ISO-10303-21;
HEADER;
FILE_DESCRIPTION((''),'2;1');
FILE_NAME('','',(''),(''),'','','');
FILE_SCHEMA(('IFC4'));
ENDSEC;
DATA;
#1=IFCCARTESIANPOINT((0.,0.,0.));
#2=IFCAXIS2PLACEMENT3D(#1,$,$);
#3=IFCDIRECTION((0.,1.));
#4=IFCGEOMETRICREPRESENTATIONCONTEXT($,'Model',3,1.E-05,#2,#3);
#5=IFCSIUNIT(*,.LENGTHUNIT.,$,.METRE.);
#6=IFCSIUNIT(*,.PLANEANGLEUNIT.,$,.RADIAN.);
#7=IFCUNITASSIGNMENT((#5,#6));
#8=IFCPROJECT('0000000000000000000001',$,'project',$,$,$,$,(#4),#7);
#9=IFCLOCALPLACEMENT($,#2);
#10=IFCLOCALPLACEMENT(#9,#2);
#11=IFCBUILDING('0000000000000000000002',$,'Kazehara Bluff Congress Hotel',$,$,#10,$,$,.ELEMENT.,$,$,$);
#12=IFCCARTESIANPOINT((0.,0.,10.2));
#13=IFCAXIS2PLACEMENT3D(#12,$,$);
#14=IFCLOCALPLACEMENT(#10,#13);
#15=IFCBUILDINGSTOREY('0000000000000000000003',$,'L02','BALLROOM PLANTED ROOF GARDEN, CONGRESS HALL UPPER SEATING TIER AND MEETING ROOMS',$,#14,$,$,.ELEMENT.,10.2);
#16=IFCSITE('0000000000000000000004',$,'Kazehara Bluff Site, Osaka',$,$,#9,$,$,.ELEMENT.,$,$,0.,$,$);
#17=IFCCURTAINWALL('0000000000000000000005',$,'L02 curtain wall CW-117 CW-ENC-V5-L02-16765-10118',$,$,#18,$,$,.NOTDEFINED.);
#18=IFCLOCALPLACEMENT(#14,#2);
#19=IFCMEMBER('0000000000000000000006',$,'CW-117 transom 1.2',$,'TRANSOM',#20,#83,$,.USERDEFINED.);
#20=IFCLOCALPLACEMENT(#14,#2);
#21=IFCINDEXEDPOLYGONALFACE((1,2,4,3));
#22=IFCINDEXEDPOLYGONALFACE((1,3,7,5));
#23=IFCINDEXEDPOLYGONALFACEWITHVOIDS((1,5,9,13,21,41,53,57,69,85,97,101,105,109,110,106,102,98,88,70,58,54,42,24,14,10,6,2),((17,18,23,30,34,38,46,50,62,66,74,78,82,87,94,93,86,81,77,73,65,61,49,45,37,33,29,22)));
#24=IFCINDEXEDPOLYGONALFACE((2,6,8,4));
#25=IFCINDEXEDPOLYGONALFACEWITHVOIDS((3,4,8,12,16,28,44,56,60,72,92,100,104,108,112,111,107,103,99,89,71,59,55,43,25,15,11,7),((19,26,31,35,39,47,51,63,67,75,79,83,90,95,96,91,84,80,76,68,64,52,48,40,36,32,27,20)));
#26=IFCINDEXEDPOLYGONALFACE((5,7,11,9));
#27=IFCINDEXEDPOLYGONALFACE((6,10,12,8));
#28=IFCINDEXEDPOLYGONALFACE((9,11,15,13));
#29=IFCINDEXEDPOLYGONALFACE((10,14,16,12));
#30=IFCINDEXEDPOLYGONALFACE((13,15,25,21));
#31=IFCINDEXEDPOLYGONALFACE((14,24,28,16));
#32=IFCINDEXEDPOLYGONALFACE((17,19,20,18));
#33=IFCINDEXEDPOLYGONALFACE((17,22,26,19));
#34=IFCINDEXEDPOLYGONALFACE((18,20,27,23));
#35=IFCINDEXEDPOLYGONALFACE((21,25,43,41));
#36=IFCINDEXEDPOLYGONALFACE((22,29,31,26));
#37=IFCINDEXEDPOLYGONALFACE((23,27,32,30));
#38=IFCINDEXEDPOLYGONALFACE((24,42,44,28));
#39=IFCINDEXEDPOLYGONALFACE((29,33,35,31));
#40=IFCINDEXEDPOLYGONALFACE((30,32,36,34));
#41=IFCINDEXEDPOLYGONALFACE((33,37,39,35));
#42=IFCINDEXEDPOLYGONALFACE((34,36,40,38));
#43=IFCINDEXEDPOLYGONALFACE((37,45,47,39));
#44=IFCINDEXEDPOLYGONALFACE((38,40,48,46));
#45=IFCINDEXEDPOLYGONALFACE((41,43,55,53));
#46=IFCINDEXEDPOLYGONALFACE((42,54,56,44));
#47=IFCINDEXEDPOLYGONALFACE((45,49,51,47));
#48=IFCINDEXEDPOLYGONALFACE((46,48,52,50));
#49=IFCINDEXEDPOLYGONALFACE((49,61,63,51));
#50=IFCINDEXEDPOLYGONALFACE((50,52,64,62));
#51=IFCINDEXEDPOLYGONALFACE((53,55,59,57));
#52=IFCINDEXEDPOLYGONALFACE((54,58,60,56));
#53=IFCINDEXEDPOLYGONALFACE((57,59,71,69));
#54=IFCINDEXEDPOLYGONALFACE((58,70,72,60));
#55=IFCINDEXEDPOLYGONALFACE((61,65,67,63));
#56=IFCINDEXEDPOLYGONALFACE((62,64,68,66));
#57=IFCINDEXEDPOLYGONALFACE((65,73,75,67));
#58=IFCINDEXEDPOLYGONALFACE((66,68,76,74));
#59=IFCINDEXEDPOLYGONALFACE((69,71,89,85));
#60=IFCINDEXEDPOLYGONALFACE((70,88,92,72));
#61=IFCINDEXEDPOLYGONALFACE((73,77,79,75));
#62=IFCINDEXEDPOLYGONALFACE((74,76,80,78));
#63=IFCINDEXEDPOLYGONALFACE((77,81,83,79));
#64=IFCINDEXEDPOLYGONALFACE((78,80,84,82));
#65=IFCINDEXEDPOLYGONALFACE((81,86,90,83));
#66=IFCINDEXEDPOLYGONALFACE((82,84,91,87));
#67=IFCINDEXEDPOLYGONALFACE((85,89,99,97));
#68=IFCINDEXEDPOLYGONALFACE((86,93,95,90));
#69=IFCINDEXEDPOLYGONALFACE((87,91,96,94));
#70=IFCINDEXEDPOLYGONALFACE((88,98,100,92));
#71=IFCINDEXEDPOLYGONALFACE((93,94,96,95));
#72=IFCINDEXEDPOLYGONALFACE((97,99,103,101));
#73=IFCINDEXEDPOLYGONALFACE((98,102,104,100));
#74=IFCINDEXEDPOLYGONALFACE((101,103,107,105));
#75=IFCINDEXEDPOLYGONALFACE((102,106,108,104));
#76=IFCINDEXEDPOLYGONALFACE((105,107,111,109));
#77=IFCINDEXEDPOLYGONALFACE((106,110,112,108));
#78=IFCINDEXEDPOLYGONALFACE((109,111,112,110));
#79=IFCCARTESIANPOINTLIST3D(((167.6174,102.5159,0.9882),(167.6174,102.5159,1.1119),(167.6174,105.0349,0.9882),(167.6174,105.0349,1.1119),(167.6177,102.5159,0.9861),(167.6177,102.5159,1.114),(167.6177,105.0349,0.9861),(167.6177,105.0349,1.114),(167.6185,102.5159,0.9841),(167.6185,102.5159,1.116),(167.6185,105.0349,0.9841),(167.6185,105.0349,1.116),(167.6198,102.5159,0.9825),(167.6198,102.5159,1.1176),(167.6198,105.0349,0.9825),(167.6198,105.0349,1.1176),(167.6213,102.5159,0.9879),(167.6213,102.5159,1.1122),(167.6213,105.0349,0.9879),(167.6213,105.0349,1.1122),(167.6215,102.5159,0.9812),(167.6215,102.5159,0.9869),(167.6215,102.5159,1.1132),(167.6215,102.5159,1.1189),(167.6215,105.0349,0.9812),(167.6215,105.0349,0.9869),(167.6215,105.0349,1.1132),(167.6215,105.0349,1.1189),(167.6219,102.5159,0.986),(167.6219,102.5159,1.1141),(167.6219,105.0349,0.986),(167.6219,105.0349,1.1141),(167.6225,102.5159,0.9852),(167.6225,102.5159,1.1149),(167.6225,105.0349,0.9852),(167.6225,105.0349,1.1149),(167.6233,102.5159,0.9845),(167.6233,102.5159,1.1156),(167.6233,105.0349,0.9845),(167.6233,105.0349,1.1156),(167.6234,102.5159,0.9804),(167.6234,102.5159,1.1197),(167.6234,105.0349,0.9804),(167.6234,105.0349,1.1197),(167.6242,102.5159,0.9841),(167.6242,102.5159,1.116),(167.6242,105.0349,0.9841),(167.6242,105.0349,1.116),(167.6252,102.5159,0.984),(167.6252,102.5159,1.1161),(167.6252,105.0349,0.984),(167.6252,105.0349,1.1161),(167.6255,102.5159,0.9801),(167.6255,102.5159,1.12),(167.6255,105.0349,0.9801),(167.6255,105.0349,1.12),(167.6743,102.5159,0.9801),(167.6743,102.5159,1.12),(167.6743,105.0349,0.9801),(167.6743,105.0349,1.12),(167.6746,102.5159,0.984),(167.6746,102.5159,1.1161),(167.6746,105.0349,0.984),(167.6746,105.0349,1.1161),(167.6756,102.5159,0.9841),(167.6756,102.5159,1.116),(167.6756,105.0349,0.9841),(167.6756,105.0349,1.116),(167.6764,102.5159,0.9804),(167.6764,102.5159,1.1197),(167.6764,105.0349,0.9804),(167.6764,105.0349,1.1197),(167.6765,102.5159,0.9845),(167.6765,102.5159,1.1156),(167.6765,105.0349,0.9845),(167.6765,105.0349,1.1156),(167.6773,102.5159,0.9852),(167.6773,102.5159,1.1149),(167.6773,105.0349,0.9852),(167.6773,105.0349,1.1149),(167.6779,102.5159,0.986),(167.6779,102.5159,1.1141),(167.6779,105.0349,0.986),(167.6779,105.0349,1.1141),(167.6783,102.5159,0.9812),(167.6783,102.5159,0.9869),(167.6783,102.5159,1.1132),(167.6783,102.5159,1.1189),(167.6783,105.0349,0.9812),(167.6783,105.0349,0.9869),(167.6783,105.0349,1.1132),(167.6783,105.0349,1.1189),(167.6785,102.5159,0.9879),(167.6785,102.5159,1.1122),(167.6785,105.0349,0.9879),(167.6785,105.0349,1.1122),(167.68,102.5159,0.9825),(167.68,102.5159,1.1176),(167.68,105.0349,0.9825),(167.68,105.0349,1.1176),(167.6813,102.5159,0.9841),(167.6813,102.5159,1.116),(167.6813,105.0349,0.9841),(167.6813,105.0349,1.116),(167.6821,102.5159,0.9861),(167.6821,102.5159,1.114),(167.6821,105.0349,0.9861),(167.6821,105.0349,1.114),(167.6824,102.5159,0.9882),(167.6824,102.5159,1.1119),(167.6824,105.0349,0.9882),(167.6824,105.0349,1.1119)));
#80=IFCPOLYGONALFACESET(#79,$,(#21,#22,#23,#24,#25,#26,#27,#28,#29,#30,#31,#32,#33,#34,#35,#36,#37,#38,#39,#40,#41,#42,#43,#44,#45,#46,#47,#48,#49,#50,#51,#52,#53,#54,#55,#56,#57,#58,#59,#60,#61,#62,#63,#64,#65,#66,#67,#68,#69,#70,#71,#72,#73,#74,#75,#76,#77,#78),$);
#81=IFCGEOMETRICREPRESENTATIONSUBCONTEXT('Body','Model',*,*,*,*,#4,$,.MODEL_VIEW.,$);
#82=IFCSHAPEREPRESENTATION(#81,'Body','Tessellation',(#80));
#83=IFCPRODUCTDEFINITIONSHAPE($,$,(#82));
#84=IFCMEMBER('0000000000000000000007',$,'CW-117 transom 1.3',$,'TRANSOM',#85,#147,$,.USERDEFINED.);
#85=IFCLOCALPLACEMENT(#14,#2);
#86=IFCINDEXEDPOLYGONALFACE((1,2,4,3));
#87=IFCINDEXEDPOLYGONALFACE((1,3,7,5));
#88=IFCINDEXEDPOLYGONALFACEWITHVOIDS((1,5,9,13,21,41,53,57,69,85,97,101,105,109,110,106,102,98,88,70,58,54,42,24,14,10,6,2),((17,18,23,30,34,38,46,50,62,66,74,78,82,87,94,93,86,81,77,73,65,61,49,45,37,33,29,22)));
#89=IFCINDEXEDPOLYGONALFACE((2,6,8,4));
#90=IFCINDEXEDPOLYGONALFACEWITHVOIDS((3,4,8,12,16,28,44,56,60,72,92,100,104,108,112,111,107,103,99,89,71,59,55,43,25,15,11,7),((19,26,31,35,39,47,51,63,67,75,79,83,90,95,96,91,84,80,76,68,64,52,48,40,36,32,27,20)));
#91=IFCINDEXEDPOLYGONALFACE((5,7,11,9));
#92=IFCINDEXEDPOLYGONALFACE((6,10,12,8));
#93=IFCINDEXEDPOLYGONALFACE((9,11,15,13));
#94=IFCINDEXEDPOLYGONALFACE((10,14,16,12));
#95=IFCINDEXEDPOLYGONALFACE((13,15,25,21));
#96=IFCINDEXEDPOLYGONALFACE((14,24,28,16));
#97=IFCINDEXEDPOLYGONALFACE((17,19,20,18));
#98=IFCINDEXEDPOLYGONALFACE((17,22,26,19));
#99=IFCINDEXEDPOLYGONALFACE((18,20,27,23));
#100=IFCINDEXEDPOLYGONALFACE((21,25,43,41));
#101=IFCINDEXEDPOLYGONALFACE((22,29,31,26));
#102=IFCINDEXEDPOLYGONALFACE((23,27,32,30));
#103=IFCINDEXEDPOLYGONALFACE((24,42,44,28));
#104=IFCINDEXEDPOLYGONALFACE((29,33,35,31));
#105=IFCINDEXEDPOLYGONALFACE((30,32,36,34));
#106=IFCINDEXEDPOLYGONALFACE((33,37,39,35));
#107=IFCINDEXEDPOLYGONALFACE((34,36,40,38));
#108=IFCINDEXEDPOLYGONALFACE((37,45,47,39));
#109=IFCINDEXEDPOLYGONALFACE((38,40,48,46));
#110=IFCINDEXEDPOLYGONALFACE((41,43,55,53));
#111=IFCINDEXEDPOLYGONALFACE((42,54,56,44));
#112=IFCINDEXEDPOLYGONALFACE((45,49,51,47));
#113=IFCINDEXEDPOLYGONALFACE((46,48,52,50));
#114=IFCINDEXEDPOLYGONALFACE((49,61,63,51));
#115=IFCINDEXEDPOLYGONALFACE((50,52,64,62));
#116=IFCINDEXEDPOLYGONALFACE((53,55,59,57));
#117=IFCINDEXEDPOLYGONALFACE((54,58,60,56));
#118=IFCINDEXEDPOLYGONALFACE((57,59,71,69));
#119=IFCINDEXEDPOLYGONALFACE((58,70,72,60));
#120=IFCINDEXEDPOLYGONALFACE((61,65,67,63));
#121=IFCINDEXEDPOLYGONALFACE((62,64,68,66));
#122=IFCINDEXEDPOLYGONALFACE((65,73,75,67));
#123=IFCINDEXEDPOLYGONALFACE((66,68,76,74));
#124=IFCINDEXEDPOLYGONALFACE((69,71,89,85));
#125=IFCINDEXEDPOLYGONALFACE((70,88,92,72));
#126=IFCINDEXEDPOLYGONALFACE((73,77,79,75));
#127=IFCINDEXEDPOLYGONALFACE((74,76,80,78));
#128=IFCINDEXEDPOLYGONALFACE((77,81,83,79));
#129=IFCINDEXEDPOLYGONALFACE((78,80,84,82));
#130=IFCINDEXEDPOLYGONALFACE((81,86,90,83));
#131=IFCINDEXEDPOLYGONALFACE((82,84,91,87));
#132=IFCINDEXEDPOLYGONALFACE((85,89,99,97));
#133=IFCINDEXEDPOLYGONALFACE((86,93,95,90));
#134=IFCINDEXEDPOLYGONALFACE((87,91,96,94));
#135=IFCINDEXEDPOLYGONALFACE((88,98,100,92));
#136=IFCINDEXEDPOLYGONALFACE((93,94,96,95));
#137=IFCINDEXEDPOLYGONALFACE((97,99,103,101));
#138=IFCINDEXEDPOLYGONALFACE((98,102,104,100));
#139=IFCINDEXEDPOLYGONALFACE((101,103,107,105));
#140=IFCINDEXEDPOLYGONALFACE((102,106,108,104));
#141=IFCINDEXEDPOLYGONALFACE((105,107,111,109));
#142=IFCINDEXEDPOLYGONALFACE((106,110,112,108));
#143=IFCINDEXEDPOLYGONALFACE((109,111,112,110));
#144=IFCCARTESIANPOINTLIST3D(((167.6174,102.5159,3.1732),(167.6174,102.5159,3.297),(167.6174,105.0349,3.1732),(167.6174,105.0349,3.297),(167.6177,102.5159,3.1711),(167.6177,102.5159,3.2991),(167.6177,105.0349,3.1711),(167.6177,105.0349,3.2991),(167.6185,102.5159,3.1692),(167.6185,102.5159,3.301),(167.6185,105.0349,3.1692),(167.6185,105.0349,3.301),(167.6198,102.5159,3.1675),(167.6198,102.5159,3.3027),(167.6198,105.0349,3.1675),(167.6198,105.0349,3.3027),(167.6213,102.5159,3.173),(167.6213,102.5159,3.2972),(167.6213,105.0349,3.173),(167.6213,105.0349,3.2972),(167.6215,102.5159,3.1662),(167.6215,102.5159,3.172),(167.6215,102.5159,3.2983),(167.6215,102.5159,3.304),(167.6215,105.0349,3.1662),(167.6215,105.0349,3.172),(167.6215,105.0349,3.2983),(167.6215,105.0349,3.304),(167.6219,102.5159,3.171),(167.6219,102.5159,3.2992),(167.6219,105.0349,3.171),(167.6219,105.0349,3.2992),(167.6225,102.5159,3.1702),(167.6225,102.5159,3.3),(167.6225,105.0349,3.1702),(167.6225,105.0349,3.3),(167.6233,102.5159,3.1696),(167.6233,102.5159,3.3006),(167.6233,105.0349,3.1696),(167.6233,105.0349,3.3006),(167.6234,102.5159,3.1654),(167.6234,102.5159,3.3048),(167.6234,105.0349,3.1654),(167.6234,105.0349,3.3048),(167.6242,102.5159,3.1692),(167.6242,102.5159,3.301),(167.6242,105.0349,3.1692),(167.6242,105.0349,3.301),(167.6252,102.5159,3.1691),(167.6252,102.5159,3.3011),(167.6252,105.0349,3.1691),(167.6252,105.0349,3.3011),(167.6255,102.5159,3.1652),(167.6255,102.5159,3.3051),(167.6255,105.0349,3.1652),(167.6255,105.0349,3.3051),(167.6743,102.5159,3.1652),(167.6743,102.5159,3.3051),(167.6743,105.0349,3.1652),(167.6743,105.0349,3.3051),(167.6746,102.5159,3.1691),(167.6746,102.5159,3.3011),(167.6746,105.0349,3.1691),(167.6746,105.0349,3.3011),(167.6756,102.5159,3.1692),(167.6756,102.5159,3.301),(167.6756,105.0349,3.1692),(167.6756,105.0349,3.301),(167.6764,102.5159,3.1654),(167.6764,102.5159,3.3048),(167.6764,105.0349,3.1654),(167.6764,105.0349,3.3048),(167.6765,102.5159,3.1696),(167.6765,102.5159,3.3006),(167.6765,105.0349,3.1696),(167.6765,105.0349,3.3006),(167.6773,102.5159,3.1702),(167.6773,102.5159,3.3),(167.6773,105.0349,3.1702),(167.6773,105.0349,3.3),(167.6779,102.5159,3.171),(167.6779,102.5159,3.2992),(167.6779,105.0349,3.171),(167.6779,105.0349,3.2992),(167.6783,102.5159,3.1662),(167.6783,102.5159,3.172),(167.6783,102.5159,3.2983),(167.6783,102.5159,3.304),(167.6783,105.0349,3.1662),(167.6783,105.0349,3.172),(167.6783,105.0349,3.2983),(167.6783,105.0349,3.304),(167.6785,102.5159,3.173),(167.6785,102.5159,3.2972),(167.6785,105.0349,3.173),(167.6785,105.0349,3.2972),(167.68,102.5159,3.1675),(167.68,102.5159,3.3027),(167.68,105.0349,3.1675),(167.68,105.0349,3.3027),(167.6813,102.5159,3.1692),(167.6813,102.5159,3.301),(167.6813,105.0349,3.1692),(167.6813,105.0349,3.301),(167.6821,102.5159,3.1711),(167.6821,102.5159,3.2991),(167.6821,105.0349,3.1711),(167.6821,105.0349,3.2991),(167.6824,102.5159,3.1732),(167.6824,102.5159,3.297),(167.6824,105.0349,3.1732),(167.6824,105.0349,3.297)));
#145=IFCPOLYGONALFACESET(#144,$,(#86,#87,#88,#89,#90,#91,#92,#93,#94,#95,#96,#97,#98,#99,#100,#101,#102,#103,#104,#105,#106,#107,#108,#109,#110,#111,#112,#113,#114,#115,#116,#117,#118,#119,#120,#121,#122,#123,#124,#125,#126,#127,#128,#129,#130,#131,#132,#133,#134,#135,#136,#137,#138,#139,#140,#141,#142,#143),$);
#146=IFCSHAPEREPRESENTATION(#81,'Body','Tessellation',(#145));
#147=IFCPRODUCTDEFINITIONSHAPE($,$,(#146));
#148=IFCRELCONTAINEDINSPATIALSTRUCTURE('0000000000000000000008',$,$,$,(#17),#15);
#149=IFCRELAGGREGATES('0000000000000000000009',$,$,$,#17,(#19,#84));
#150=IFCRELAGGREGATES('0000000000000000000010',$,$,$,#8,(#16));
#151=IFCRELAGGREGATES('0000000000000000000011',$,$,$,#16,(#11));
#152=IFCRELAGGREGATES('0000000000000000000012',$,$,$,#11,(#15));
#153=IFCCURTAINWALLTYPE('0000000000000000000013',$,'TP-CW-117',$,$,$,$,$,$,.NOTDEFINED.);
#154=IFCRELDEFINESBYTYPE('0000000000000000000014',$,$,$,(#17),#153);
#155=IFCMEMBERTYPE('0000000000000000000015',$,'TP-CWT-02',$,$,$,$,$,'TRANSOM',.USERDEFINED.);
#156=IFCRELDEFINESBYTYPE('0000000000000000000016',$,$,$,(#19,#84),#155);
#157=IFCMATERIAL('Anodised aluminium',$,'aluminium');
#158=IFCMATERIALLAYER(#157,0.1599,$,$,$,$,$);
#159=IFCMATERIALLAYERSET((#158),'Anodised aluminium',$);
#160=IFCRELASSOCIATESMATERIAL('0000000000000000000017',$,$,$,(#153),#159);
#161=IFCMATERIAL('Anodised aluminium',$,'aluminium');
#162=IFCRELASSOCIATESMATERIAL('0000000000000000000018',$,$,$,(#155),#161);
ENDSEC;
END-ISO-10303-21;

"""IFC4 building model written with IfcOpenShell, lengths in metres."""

from ifc_helpers import new_model, si_unit, direction, frame, origin, origin_2d, place, context, subcontext, project, spatial, hollow_rectangle, extrude, material, layer, layer_set, material_profile, profile_set, type_object, element, aggregate, save


model = new_model("IFC4")

# Units and contexts
model_context = context("Model", 3, precision=1e-05, world=origin(), true_north=direction((0.0, 1.0)))
body_context = subcontext(model_context, "Body", "Model", "MODEL_VIEW")
ifc_project = project(units=[si_unit("LENGTHUNIT", "METRE"), si_unit("PLANEANGLEUNIT", "RADIAN")], contexts=[model_context])

# Site, building, storey
site_placement = place(None, origin())
site = spatial("IfcSite", under=ifc_project, at=site_placement, Name="Kazehara Bluff Site, Osaka", CompositionType="ELEMENT", RefElevation=0.0)
building_placement = place(site_placement, origin())
building = spatial("IfcBuilding", under=site, at=building_placement, Name="Kazehara Bluff Congress Hotel", CompositionType="ELEMENT")
storey_placement = place(building_placement, frame((0.0, 0.0, 10.2)))
storey = spatial("IfcBuildingStorey", under=building, at=storey_placement, Name="L02", Description="BALLROOM PLANTED ROOF GARDEN, CONGRESS HALL UPPER SEATING TIER AND MEETING ROOMS", CompositionType="ELEMENT", Elevation=10.2)

# Curtain wall
ifc_material_1 = material(Name="Anodised aluminium", Category="aluminium")
ifc_layer_1 = layer(ifc_material_1, 0.1599)
ifc_layer_set_1 = layer_set([ifc_layer_1], Name="Anodised aluminium")
curtain_wall_type_1 = type_object("IfcCurtainWallType", Name="TP-CW-117", PredefinedType="NOTDEFINED", material=ifc_layer_set_1)
curtain_wall_1_placement = place(storey_placement, origin())
curtain_wall_1 = element("IfcCurtainWall", 1, at=curtain_wall_1_placement, inside=storey, type_object=curtain_wall_type_1, Name="L02 curtain wall CW-117 CW-ENC-V5-L02-16765-10118", PredefinedType="NOTDEFINED")

# Members
ifc_material_2 = material(Name="Anodised aluminium", Category="aluminium")
ifc_material_profile_1 = material_profile(ifc_material_2, hollow_rectangle(XDim=0.0649, YDim=0.1399, WallThickness=0.0039, InnerFilletRadius=0.0039, OuterFilletRadius=0.0081, at=origin_2d()))
ifc_profile_set_1 = profile_set([ifc_material_profile_1], Name="Anodised aluminium")
member_type_1 = type_object("IfcMemberType", Name="TP-CWT-02", ElementType="TRANSOM", PredefinedType="USERDEFINED", material=ifc_profile_set_1)
member_1_placement = place(storey_placement, frame((167.6499, 105.0349, 1.05), z_axis=(0.0, -1.0, 0.0), x_axis=(1.0, 0.0, 0.0)))
member_1 = element("IfcMember", 2, at=member_1_placement, type_object=member_type_1, Name="CW-117 transom 1.2", ObjectType="TRANSOM", PredefinedType="USERDEFINED", context=body_context, shape_type="SweptSolid", body=[
    extrude(hollow_rectangle(XDim=0.0649, YDim=0.1399, WallThickness=0.0039, InnerFilletRadius=0.0039, OuterFilletRadius=0.0081, at=origin_2d()), origin(), (0.0, 0.0, 1.0), 2.519),
])
member_2_placement = place(storey_placement, frame((167.6499, 105.0349, 3.2351), z_axis=(0.0, -1.0, 0.0), x_axis=(1.0, 0.0, 0.0)))
member_2 = element("IfcMember", 3, at=member_2_placement, type_object=member_type_1, Name="CW-117 transom 1.3", ObjectType="TRANSOM", PredefinedType="USERDEFINED", context=body_context, shape_type="SweptSolid", body=[
    extrude(hollow_rectangle(XDim=0.0649, YDim=0.1399, WallThickness=0.0039, InnerFilletRadius=0.0039, OuterFilletRadius=0.0081, at=origin_2d()), origin(), (0.0, 0.0, 1.0), 2.519),
])

aggregate(curtain_wall_1, [member_1, member_2])

save(model, "model.ifc")
